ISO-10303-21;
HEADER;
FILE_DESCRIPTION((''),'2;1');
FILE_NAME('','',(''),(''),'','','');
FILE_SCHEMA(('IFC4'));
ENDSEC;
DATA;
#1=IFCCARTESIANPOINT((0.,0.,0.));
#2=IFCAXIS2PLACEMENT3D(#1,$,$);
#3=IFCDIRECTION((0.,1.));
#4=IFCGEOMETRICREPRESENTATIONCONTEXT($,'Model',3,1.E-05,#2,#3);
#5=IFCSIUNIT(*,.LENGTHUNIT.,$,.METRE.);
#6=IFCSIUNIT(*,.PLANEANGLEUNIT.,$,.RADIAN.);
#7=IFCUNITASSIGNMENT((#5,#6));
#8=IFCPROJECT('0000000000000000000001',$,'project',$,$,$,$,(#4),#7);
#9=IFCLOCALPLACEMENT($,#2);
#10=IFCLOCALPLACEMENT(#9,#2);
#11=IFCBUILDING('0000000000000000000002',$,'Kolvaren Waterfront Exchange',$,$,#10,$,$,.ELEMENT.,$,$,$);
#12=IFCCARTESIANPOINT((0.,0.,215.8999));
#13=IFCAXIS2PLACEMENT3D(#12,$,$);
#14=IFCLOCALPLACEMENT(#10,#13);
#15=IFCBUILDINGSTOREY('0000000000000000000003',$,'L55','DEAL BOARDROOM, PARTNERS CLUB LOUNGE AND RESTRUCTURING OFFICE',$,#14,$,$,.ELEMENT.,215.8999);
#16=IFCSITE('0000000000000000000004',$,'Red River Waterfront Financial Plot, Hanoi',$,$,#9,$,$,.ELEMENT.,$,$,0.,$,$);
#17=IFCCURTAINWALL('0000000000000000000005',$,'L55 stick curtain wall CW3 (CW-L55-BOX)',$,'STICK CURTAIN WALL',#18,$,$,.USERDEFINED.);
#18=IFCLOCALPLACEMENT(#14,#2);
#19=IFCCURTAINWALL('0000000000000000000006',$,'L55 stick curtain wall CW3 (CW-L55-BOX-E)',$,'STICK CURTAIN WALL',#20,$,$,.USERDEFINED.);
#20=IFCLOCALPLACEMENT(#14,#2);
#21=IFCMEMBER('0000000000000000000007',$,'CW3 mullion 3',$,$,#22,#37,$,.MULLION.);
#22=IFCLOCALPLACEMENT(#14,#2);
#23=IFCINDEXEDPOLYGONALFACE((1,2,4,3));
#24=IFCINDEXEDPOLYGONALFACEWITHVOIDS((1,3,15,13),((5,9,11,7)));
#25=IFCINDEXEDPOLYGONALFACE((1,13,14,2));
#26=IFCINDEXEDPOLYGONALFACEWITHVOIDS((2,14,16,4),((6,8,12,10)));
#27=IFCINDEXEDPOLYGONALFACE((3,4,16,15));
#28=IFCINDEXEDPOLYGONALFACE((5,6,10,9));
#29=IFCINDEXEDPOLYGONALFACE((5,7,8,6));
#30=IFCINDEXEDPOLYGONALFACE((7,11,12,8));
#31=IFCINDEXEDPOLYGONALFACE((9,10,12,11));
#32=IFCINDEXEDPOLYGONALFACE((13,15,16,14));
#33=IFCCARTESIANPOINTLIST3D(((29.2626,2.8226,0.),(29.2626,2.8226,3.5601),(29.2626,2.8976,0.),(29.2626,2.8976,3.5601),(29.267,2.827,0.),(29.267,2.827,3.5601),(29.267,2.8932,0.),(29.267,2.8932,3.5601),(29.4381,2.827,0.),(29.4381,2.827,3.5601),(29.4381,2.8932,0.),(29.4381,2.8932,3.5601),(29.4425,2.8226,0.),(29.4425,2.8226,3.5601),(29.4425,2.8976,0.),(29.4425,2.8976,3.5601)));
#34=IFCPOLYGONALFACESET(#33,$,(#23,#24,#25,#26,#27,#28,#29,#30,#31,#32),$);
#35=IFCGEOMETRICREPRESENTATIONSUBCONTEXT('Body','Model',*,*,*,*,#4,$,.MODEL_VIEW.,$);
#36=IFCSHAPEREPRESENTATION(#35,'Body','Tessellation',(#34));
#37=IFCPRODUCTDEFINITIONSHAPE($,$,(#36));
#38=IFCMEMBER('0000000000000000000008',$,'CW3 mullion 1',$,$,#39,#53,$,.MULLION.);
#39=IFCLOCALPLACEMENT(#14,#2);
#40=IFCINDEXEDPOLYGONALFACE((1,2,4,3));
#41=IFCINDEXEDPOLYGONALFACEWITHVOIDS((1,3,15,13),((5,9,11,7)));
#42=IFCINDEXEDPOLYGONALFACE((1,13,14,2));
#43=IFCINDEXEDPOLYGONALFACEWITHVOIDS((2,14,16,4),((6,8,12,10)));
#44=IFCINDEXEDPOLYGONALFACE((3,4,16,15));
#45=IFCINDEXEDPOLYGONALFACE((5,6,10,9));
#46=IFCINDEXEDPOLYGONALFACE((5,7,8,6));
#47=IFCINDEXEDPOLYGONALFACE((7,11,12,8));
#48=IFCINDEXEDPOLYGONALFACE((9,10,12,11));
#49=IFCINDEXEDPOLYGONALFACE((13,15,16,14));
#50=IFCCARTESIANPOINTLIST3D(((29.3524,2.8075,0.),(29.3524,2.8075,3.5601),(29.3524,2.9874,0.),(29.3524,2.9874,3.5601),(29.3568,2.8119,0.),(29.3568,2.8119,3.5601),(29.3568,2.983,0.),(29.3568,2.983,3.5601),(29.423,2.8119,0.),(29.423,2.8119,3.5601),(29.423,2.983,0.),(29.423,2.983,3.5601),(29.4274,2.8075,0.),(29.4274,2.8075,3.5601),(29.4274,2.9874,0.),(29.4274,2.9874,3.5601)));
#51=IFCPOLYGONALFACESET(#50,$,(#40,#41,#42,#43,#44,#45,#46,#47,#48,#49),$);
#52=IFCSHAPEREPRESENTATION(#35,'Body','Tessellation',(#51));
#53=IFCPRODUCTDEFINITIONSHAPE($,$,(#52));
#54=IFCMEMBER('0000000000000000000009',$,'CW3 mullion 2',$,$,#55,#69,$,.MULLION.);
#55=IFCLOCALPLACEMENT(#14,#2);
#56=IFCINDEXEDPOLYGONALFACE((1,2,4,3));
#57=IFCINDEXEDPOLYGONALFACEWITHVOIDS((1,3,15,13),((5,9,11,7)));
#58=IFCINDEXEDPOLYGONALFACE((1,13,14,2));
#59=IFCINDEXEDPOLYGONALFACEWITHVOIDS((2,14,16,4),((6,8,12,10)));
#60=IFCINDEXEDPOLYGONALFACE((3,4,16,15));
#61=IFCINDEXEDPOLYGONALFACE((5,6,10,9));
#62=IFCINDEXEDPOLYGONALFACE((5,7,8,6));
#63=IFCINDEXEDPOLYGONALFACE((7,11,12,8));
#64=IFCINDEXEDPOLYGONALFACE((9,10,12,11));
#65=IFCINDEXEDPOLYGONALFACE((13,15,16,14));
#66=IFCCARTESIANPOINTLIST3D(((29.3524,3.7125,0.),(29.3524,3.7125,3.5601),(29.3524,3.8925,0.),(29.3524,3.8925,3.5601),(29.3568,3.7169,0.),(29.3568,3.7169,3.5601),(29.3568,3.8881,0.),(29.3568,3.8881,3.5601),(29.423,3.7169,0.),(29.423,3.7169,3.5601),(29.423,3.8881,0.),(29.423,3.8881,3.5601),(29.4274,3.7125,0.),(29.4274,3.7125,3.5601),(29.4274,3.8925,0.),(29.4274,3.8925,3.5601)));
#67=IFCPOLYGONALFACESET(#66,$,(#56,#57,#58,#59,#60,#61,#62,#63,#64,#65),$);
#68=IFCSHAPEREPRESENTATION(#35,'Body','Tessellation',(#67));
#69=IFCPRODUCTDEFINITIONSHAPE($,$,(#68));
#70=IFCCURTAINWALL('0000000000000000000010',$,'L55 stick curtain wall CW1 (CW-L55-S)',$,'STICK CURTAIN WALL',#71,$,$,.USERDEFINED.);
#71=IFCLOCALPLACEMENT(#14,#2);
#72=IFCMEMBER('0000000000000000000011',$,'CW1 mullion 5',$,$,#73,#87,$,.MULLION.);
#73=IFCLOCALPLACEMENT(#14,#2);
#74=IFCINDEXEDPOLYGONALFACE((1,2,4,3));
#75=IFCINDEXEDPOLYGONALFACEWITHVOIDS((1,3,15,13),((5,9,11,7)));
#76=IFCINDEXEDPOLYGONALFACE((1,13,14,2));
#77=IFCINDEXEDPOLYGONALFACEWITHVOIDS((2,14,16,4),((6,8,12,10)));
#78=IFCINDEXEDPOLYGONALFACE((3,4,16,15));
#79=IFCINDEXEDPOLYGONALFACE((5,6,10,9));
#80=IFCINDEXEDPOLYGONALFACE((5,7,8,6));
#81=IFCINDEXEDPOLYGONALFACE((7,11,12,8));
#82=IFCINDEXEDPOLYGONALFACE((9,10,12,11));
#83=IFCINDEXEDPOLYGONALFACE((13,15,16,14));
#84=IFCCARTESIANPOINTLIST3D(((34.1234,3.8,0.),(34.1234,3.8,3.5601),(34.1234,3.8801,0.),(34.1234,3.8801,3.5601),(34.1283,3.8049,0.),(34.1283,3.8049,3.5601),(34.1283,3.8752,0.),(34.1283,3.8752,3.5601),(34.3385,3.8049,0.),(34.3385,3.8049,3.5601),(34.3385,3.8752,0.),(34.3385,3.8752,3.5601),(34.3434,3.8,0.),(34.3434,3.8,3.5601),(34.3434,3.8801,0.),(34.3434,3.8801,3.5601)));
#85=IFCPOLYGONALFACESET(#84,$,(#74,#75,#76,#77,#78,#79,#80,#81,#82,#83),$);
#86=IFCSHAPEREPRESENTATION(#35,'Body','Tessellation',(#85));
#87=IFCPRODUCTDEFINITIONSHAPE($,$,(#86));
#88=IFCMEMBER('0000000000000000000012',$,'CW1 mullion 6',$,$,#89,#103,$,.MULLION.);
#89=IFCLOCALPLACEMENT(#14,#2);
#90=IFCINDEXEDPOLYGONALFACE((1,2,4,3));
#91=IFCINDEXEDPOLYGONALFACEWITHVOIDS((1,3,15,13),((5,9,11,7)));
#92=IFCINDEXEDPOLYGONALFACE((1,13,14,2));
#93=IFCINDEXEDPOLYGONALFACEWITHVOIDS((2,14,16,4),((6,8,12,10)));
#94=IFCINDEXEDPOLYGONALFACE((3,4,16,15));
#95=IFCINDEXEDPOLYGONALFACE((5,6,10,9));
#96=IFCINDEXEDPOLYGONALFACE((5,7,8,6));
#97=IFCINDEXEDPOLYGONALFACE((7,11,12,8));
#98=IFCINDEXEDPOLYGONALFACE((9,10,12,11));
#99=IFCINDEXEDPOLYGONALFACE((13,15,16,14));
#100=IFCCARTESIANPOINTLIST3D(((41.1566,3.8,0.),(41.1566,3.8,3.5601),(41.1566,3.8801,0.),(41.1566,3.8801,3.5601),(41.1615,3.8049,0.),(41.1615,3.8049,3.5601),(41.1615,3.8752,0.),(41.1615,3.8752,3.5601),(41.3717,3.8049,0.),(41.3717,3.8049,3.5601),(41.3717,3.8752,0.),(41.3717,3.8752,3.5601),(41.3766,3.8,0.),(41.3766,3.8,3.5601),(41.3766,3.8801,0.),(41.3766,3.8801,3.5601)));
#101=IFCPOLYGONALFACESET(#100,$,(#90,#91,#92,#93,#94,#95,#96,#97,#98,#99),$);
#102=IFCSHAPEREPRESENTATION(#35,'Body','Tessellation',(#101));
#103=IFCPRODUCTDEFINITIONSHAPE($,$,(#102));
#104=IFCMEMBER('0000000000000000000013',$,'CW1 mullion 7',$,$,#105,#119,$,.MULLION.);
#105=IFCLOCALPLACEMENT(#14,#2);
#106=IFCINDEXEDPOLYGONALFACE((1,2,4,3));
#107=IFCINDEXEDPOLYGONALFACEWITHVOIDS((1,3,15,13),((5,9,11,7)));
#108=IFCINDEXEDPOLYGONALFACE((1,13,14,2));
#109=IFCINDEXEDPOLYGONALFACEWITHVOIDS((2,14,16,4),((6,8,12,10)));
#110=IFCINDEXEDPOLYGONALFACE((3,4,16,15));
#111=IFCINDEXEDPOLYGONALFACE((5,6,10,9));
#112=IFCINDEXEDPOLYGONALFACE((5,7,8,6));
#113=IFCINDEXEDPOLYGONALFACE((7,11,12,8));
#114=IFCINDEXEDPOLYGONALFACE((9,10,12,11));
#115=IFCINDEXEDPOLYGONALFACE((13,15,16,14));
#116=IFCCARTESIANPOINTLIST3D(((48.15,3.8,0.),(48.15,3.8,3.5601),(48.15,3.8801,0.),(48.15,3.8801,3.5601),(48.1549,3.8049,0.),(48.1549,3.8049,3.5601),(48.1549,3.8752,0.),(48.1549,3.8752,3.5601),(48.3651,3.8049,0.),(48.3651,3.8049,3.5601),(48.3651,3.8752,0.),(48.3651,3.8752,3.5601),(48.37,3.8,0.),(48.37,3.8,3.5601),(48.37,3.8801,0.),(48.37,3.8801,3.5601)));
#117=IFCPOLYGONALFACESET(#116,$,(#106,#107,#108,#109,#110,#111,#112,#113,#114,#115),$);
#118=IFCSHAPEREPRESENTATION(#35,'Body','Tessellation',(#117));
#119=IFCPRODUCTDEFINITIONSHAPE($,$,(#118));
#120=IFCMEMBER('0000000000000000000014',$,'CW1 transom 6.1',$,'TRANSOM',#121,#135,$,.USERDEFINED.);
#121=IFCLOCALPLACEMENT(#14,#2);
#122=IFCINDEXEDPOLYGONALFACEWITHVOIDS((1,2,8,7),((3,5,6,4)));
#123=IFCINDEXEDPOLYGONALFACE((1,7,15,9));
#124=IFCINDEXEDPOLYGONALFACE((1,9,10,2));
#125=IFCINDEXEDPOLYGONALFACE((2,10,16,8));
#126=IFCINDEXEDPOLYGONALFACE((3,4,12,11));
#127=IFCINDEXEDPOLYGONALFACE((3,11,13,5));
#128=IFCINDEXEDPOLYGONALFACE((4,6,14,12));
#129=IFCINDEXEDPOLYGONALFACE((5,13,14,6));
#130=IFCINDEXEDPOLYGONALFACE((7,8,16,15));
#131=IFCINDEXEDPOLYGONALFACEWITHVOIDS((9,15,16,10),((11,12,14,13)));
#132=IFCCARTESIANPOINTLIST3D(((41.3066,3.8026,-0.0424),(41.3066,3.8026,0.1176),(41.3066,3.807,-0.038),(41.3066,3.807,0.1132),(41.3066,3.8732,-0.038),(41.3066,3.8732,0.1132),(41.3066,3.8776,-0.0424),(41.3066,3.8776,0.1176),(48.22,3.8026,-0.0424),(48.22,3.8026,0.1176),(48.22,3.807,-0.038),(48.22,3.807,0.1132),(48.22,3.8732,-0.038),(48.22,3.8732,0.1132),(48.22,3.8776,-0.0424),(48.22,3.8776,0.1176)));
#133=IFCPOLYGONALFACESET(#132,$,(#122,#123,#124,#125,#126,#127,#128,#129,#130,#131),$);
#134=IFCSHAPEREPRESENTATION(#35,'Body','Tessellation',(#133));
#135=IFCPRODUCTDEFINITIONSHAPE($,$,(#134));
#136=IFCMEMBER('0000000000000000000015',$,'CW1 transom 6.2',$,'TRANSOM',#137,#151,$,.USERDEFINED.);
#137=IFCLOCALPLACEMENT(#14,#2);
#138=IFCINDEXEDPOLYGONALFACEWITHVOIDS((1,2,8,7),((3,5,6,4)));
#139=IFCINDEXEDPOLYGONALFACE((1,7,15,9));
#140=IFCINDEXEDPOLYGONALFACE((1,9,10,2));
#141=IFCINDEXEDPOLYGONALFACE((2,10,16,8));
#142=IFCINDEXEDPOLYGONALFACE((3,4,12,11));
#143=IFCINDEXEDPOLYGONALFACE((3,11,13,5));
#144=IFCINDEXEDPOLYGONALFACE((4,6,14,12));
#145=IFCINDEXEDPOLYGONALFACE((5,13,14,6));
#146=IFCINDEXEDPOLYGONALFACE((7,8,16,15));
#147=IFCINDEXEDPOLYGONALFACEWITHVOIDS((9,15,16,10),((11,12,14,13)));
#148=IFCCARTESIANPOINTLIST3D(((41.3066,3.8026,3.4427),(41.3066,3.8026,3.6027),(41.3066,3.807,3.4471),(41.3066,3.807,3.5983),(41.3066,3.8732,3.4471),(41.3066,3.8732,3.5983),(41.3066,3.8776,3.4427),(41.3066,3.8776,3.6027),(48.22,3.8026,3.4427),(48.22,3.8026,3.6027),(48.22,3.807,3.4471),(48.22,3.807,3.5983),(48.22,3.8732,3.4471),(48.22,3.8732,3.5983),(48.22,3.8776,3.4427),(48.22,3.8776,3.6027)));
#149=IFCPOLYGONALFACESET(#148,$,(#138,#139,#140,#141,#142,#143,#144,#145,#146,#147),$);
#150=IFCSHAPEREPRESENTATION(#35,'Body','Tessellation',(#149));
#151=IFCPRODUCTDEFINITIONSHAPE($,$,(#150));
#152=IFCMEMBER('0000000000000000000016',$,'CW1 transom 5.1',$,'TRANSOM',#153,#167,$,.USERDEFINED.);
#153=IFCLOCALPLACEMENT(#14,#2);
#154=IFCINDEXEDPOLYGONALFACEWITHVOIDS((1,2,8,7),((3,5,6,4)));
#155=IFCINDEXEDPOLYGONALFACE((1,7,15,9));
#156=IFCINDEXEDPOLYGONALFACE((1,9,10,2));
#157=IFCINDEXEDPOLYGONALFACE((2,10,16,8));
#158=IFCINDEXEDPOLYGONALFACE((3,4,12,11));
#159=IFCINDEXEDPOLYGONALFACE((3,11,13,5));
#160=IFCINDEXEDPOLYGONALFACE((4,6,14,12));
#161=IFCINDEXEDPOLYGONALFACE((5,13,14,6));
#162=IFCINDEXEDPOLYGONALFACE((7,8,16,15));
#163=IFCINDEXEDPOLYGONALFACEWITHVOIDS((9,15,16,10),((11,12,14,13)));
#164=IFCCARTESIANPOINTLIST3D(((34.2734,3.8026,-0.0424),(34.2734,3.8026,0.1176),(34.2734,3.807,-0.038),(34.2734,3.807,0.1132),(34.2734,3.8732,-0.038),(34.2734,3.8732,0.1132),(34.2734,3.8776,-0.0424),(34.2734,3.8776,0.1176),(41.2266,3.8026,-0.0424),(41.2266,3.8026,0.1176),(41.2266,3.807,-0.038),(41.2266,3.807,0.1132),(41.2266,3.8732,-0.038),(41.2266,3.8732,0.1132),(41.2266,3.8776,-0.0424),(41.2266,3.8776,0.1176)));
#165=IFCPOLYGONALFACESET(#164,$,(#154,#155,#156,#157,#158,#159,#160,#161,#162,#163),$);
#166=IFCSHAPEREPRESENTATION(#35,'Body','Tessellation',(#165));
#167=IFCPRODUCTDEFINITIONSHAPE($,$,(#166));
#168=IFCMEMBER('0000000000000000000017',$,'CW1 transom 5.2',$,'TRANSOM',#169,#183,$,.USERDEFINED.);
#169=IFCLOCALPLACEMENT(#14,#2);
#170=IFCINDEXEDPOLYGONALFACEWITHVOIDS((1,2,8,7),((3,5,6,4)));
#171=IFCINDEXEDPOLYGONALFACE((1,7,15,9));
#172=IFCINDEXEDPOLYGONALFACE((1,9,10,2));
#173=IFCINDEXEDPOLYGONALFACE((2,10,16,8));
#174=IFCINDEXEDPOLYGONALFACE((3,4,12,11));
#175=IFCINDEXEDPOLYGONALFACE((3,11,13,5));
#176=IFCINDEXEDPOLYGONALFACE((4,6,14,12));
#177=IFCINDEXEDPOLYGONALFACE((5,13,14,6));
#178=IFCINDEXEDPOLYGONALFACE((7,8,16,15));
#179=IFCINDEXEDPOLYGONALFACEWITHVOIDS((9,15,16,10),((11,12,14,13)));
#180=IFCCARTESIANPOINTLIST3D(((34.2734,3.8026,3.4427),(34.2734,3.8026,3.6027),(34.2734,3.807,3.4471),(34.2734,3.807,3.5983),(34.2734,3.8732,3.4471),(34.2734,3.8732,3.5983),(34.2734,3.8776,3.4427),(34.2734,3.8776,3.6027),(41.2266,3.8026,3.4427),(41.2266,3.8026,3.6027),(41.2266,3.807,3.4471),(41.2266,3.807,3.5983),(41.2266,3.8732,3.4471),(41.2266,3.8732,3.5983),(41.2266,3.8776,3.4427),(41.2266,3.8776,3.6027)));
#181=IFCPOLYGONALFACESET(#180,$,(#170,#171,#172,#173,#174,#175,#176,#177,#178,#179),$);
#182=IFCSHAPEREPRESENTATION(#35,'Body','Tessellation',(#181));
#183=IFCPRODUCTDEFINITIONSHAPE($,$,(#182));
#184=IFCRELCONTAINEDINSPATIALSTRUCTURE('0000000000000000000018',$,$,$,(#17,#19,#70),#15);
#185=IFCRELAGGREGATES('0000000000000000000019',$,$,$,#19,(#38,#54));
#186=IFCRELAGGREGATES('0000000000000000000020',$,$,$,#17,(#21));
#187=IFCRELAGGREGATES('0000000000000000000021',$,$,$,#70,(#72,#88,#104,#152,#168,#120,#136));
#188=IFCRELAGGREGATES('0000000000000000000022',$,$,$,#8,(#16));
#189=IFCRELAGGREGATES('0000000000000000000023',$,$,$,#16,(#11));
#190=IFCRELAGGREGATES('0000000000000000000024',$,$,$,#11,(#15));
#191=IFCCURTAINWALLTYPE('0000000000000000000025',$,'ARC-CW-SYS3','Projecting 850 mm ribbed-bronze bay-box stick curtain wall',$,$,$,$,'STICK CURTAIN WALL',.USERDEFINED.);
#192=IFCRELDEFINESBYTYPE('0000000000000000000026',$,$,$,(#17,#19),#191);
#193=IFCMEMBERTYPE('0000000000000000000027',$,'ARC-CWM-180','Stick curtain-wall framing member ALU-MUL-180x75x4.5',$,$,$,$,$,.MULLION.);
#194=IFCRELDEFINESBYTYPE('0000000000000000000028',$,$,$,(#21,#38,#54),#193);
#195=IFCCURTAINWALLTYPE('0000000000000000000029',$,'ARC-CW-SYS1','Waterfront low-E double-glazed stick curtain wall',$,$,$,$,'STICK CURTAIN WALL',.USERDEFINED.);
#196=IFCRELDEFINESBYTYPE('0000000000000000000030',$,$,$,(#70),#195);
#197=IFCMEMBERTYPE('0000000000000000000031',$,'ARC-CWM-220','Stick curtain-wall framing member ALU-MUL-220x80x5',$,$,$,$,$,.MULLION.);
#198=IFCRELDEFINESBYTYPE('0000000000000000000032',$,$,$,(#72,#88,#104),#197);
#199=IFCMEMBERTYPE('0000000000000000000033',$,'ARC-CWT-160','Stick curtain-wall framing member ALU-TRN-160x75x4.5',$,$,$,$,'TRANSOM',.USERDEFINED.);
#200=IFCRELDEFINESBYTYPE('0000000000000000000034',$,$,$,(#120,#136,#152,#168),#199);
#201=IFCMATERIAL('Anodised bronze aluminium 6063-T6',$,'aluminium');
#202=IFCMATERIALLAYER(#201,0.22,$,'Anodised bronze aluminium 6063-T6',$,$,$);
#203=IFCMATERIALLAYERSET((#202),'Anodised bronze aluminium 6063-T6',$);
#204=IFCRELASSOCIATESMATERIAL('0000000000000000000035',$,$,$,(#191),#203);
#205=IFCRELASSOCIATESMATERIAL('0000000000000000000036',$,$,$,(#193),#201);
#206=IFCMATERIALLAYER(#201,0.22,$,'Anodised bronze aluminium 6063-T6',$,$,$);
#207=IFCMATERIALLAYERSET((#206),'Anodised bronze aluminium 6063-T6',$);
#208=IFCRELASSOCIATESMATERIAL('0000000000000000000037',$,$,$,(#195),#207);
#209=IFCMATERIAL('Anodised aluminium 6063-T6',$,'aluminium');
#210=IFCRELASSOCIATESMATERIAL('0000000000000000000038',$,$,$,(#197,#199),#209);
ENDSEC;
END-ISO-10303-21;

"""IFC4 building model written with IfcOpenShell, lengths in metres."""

from ifc_helpers import new_model, si_unit, direction, frame, origin, origin_with_axes, origin_2d, place, context, subcontext, project, spatial, hollow_rectangle, extrude, source, transform, mapped, material, layer, layer_set, material_profile, profile_set, type_object, element, aggregate, save


model = new_model("IFC4")

# Units and contexts
model_context = context("Model", 3, precision=1e-05, world=origin(), true_north=direction((0.0, 1.0)))
body_context = subcontext(model_context, "Body", "Model", "MODEL_VIEW")
ifc_project = project(units=[si_unit("LENGTHUNIT", "METRE"), si_unit("PLANEANGLEUNIT", "RADIAN")], contexts=[model_context])

# Site, building, storey
site_placement = place(None, origin())
site = spatial("IfcSite", under=ifc_project, at=site_placement, Name="Red River Waterfront Financial Plot, Hanoi", CompositionType="ELEMENT", RefElevation=0.0)
building_placement = place(site_placement, origin())
building = spatial("IfcBuilding", under=site, at=building_placement, Name="Kolvaren Waterfront Exchange", CompositionType="ELEMENT")
storey_placement = place(building_placement, frame((0.0, 0.0, 215.8999)))
storey = spatial("IfcBuildingStorey", under=building, at=storey_placement, Name="L55", Description="DEAL BOARDROOM, PARTNERS CLUB LOUNGE AND RESTRUCTURING OFFICE", CompositionType="ELEMENT", Elevation=215.8999)

# Curtain walls
ifc_material_1 = material(Name="Anodised bronze aluminium 6063-T6", Category="aluminium")
ifc_layer_1 = layer(ifc_material_1, 0.22, Name="Anodised bronze aluminium 6063-T6")
ifc_layer_set_1 = layer_set([ifc_layer_1], Name="Anodised bronze aluminium 6063-T6")
curtain_wall_type_1 = type_object("IfcCurtainWallType", Name="ARC-CW-SYS3", Description="Projecting 850 mm ribbed-bronze bay-box stick curtain wall", ElementType="STICK CURTAIN WALL", PredefinedType="USERDEFINED", material=ifc_layer_set_1)
curtain_wall_1_placement = place(storey_placement, origin())
curtain_wall_1 = element("IfcCurtainWall", 1, at=curtain_wall_1_placement, inside=storey, type_object=curtain_wall_type_1, Name="L55 stick curtain wall CW3 (CW-L55-BOX)", ObjectType="STICK CURTAIN WALL", PredefinedType="USERDEFINED")
curtain_wall_2_placement = place(storey_placement, origin())
curtain_wall_2 = element("IfcCurtainWall", 2, at=curtain_wall_2_placement, inside=storey, type_object=curtain_wall_type_1, Name="L55 stick curtain wall CW3 (CW-L55-BOX-E)", ObjectType="STICK CURTAIN WALL", PredefinedType="USERDEFINED")

# Members
ifc_material_profile_1 = material_profile(ifc_material_1, hollow_rectangle(XDim=0.075, YDim=0.1799, WallThickness=0.0044, at=origin_2d()), Name="ALU-MUL-180x75x4.5")
ifc_profile_set_1 = profile_set([ifc_material_profile_1], Name="Anodised bronze aluminium 6063-T6")
member_type_1 = type_object("IfcMemberType", Name="ARC-CWM-180", Description="Stick curtain-wall framing member ALU-MUL-180x75x4.5", PredefinedType="MULLION", material=ifc_profile_set_1)
shared_shape_1 = source(origin_with_axes(), body_context, "Body", "SweptSolid", [
    extrude(hollow_rectangle(XDim=0.075, YDim=0.1799, WallThickness=0.0044, at=origin_2d()), origin(), (0.0, 0.0, 1.0), 3.5601),
])
member_1_placement = place(storey_placement, frame((29.3525, 2.8601, 0.0), z_axis=(0.0, 0.0, 1.0), x_axis=(0.0, 1.0, 0.0)))
member_1 = element("IfcMember", 3, at=member_1_placement, type_object=member_type_1, Name="CW3 mullion 3", PredefinedType="MULLION", context=body_context, shape_type="MappedRepresentation", body=[
    mapped(shared_shape_1, transform((0.0, 0.0, 0.0), x_axis=(1.0, 0.0, 0.0), y_axis=(0.0, 1.0, 0.0), z_axis=(0.0, 0.0, 1.0), scale=1.0)),
])
member_2_placement = place(storey_placement, frame((29.3899, 2.8975, 0.0), z_axis=(0.0, 0.0, 1.0), x_axis=(-1.0, 0.0, 0.0)))
member_2 = element("IfcMember", 4, at=member_2_placement, type_object=member_type_1, Name="CW3 mullion 1", PredefinedType="MULLION", context=body_context, shape_type="MappedRepresentation", body=[
    mapped(shared_shape_1, transform((0.0, 0.0, 0.0), x_axis=(1.0, 0.0, 0.0), y_axis=(0.0, 1.0, 0.0), z_axis=(0.0, 0.0, 1.0), scale=1.0)),
])
member_3_placement = place(storey_placement, frame((29.3899, 3.8025, 0.0), z_axis=(0.0, 0.0, 1.0), x_axis=(-1.0, 0.0, 0.0)))
member_3 = element("IfcMember", 5, at=member_3_placement, type_object=member_type_1, Name="CW3 mullion 2", PredefinedType="MULLION", context=body_context, shape_type="MappedRepresentation", body=[
    mapped(shared_shape_1, transform((0.0, 0.0, 0.0), x_axis=(1.0, 0.0, 0.0), y_axis=(0.0, 1.0, 0.0), z_axis=(0.0, 0.0, 1.0), scale=1.0)),
])

# Curtain wall, members
ifc_layer_2 = layer(ifc_material_1, 0.22, Name="Anodised bronze aluminium 6063-T6")
ifc_layer_set_2 = layer_set([ifc_layer_2], Name="Anodised bronze aluminium 6063-T6")
curtain_wall_type_2 = type_object("IfcCurtainWallType", Name="ARC-CW-SYS1", Description="Waterfront low-E double-glazed stick curtain wall", ElementType="STICK CURTAIN WALL", PredefinedType="USERDEFINED", material=ifc_layer_set_2)
curtain_wall_3_placement = place(storey_placement, origin())
curtain_wall_3 = element("IfcCurtainWall", 6, at=curtain_wall_3_placement, inside=storey, type_object=curtain_wall_type_2, Name="L55 stick curtain wall CW1 (CW-L55-S)", ObjectType="STICK CURTAIN WALL", PredefinedType="USERDEFINED")
ifc_material_2 = material(Name="Anodised aluminium 6063-T6", Category="aluminium")
ifc_material_profile_2 = material_profile(ifc_material_2, hollow_rectangle(XDim=0.0801, YDim=0.22, WallThickness=0.0049, at=origin_2d()), Name="ALU-MUL-220x80x5")
ifc_profile_set_2 = profile_set([ifc_material_profile_2], Name="Anodised aluminium 6063-T6")
member_type_2 = type_object("IfcMemberType", Name="ARC-CWM-220", Description="Stick curtain-wall framing member ALU-MUL-220x80x5", PredefinedType="MULLION", material=ifc_profile_set_2)
shared_shape_2 = source(origin_with_axes(), body_context, "Body", "SweptSolid", [
    extrude(hollow_rectangle(XDim=0.0801, YDim=0.22, WallThickness=0.0049, at=origin_2d()), origin(), (0.0, 0.0, 1.0), 3.5601),
])
member_4_placement = place(storey_placement, frame((34.2334, 3.8401, 0.0), z_axis=(0.0, 0.0, 1.0), x_axis=(0.0, 1.0, 0.0)))
member_4 = element("IfcMember", 7, at=member_4_placement, type_object=member_type_2, Name="CW1 mullion 5", PredefinedType="MULLION", context=body_context, shape_type="MappedRepresentation", body=[
    mapped(shared_shape_2, transform((0.0, 0.0, 0.0), x_axis=(1.0, 0.0, 0.0), y_axis=(0.0, 1.0, 0.0), z_axis=(0.0, 0.0, 1.0), scale=1.0)),
])
member_5_placement = place(storey_placement, frame((41.2666, 3.8401, 0.0), z_axis=(0.0, 0.0, 1.0), x_axis=(0.0, 1.0, 0.0)))
member_5 = element("IfcMember", 8, at=member_5_placement, type_object=member_type_2, Name="CW1 mullion 6", PredefinedType="MULLION", context=body_context, shape_type="MappedRepresentation", body=[
    mapped(shared_shape_2, transform((0.0, 0.0, 0.0), x_axis=(1.0, 0.0, 0.0), y_axis=(0.0, 1.0, 0.0), z_axis=(0.0, 0.0, 1.0), scale=1.0)),
])
member_6_placement = place(storey_placement, frame((48.26, 3.8401, 0.0), z_axis=(0.0, 0.0, 1.0), x_axis=(0.0, 1.0, 0.0)))
member_6 = element("IfcMember", 9, at=member_6_placement, type_object=member_type_2, Name="CW1 mullion 7", PredefinedType="MULLION", context=body_context, shape_type="MappedRepresentation", body=[
    mapped(shared_shape_2, transform((0.0, 0.0, 0.0), x_axis=(1.0, 0.0, 0.0), y_axis=(0.0, 1.0, 0.0), z_axis=(0.0, 0.0, 1.0), scale=1.0)),
])
ifc_material_profile_3 = material_profile(ifc_material_2, hollow_rectangle(XDim=0.075, YDim=0.1599, WallThickness=0.0044, at=origin_2d()), Name="ALU-TRN-160x75x4.5")
ifc_profile_set_3 = profile_set([ifc_material_profile_3], Name="Anodised aluminium 6063-T6")
member_type_3 = type_object("IfcMemberType", Name="ARC-CWT-160", Description="Stick curtain-wall framing member ALU-TRN-160x75x4.5", ElementType="TRANSOM", PredefinedType="USERDEFINED", material=ifc_profile_set_3)
shared_shape_3 = source(origin_with_axes(), body_context, "Body", "SweptSolid", [
    extrude(hollow_rectangle(XDim=0.075, YDim=0.1599, WallThickness=0.0044, at=origin_2d()), origin(), (0.0, 0.0, 1.0), 6.9133),
])
member_7_placement = place(storey_placement, frame((41.3066, 3.8401, 0.0376), z_axis=(1.0, 0.0, 0.0), x_axis=(0.0, 1.0, 0.0)))
member_7 = element("IfcMember", 10, at=member_7_placement, type_object=member_type_3, Name="CW1 transom 6.1", ObjectType="TRANSOM", PredefinedType="USERDEFINED", context=body_context, shape_type="MappedRepresentation", body=[
    mapped(shared_shape_3, transform((0.0, 0.0, 0.0), x_axis=(1.0, 0.0, 0.0), y_axis=(0.0, 1.0, 0.0), z_axis=(0.0, 0.0, 1.0), scale=1.0)),
])
member_8_placement = place(storey_placement, frame((41.3066, 3.8401, 3.5227), z_axis=(1.0, 0.0, 0.0), x_axis=(0.0, 1.0, 0.0)))
member_8 = element("IfcMember", 11, at=member_8_placement, type_object=member_type_3, Name="CW1 transom 6.2", ObjectType="TRANSOM", PredefinedType="USERDEFINED", context=body_context, shape_type="MappedRepresentation", body=[
    mapped(shared_shape_3, transform((0.0, 0.0, 0.0), x_axis=(1.0, 0.0, 0.0), y_axis=(0.0, 1.0, 0.0), z_axis=(0.0, 0.0, 1.0), scale=1.0)),
])
shared_shape_4 = source(origin_with_axes(), body_context, "Body", "SweptSolid", [
    extrude(hollow_rectangle(XDim=0.075, YDim=0.1599, WallThickness=0.0044, at=origin_2d()), origin(), (0.0, 0.0, 1.0), 6.9531),
])
member_9_placement = place(storey_placement, frame((34.2734, 3.8401, 0.0376), z_axis=(1.0, 0.0, 0.0), x_axis=(0.0, 1.0, 0.0)))
member_9 = element("IfcMember", 12, at=member_9_placement, type_object=member_type_3, Name="CW1 transom 5.1", ObjectType="TRANSOM", PredefinedType="USERDEFINED", context=body_context, shape_type="MappedRepresentation", body=[
    mapped(shared_shape_4, transform((0.0, 0.0, 0.0), x_axis=(1.0, 0.0, 0.0), y_axis=(0.0, 1.0, 0.0), z_axis=(0.0, 0.0, 1.0), scale=1.0)),
])
member_10_placement = place(storey_placement, frame((34.2734, 3.8401, 3.5227), z_axis=(1.0, 0.0, 0.0), x_axis=(0.0, 1.0, 0.0)))
member_10 = element("IfcMember", 13, at=member_10_placement, type_object=member_type_3, Name="CW1 transom 5.2", ObjectType="TRANSOM", PredefinedType="USERDEFINED", context=body_context, shape_type="MappedRepresentation", body=[
    mapped(shared_shape_4, transform((0.0, 0.0, 0.0), x_axis=(1.0, 0.0, 0.0), y_axis=(0.0, 1.0, 0.0), z_axis=(0.0, 0.0, 1.0), scale=1.0)),
])

aggregate(curtain_wall_2, [member_2, member_3])
aggregate(curtain_wall_1, [member_1])
aggregate(curtain_wall_3, [member_4, member_5, member_6, member_9, member_10, member_7, member_8])

save(model, "model.ifc")
